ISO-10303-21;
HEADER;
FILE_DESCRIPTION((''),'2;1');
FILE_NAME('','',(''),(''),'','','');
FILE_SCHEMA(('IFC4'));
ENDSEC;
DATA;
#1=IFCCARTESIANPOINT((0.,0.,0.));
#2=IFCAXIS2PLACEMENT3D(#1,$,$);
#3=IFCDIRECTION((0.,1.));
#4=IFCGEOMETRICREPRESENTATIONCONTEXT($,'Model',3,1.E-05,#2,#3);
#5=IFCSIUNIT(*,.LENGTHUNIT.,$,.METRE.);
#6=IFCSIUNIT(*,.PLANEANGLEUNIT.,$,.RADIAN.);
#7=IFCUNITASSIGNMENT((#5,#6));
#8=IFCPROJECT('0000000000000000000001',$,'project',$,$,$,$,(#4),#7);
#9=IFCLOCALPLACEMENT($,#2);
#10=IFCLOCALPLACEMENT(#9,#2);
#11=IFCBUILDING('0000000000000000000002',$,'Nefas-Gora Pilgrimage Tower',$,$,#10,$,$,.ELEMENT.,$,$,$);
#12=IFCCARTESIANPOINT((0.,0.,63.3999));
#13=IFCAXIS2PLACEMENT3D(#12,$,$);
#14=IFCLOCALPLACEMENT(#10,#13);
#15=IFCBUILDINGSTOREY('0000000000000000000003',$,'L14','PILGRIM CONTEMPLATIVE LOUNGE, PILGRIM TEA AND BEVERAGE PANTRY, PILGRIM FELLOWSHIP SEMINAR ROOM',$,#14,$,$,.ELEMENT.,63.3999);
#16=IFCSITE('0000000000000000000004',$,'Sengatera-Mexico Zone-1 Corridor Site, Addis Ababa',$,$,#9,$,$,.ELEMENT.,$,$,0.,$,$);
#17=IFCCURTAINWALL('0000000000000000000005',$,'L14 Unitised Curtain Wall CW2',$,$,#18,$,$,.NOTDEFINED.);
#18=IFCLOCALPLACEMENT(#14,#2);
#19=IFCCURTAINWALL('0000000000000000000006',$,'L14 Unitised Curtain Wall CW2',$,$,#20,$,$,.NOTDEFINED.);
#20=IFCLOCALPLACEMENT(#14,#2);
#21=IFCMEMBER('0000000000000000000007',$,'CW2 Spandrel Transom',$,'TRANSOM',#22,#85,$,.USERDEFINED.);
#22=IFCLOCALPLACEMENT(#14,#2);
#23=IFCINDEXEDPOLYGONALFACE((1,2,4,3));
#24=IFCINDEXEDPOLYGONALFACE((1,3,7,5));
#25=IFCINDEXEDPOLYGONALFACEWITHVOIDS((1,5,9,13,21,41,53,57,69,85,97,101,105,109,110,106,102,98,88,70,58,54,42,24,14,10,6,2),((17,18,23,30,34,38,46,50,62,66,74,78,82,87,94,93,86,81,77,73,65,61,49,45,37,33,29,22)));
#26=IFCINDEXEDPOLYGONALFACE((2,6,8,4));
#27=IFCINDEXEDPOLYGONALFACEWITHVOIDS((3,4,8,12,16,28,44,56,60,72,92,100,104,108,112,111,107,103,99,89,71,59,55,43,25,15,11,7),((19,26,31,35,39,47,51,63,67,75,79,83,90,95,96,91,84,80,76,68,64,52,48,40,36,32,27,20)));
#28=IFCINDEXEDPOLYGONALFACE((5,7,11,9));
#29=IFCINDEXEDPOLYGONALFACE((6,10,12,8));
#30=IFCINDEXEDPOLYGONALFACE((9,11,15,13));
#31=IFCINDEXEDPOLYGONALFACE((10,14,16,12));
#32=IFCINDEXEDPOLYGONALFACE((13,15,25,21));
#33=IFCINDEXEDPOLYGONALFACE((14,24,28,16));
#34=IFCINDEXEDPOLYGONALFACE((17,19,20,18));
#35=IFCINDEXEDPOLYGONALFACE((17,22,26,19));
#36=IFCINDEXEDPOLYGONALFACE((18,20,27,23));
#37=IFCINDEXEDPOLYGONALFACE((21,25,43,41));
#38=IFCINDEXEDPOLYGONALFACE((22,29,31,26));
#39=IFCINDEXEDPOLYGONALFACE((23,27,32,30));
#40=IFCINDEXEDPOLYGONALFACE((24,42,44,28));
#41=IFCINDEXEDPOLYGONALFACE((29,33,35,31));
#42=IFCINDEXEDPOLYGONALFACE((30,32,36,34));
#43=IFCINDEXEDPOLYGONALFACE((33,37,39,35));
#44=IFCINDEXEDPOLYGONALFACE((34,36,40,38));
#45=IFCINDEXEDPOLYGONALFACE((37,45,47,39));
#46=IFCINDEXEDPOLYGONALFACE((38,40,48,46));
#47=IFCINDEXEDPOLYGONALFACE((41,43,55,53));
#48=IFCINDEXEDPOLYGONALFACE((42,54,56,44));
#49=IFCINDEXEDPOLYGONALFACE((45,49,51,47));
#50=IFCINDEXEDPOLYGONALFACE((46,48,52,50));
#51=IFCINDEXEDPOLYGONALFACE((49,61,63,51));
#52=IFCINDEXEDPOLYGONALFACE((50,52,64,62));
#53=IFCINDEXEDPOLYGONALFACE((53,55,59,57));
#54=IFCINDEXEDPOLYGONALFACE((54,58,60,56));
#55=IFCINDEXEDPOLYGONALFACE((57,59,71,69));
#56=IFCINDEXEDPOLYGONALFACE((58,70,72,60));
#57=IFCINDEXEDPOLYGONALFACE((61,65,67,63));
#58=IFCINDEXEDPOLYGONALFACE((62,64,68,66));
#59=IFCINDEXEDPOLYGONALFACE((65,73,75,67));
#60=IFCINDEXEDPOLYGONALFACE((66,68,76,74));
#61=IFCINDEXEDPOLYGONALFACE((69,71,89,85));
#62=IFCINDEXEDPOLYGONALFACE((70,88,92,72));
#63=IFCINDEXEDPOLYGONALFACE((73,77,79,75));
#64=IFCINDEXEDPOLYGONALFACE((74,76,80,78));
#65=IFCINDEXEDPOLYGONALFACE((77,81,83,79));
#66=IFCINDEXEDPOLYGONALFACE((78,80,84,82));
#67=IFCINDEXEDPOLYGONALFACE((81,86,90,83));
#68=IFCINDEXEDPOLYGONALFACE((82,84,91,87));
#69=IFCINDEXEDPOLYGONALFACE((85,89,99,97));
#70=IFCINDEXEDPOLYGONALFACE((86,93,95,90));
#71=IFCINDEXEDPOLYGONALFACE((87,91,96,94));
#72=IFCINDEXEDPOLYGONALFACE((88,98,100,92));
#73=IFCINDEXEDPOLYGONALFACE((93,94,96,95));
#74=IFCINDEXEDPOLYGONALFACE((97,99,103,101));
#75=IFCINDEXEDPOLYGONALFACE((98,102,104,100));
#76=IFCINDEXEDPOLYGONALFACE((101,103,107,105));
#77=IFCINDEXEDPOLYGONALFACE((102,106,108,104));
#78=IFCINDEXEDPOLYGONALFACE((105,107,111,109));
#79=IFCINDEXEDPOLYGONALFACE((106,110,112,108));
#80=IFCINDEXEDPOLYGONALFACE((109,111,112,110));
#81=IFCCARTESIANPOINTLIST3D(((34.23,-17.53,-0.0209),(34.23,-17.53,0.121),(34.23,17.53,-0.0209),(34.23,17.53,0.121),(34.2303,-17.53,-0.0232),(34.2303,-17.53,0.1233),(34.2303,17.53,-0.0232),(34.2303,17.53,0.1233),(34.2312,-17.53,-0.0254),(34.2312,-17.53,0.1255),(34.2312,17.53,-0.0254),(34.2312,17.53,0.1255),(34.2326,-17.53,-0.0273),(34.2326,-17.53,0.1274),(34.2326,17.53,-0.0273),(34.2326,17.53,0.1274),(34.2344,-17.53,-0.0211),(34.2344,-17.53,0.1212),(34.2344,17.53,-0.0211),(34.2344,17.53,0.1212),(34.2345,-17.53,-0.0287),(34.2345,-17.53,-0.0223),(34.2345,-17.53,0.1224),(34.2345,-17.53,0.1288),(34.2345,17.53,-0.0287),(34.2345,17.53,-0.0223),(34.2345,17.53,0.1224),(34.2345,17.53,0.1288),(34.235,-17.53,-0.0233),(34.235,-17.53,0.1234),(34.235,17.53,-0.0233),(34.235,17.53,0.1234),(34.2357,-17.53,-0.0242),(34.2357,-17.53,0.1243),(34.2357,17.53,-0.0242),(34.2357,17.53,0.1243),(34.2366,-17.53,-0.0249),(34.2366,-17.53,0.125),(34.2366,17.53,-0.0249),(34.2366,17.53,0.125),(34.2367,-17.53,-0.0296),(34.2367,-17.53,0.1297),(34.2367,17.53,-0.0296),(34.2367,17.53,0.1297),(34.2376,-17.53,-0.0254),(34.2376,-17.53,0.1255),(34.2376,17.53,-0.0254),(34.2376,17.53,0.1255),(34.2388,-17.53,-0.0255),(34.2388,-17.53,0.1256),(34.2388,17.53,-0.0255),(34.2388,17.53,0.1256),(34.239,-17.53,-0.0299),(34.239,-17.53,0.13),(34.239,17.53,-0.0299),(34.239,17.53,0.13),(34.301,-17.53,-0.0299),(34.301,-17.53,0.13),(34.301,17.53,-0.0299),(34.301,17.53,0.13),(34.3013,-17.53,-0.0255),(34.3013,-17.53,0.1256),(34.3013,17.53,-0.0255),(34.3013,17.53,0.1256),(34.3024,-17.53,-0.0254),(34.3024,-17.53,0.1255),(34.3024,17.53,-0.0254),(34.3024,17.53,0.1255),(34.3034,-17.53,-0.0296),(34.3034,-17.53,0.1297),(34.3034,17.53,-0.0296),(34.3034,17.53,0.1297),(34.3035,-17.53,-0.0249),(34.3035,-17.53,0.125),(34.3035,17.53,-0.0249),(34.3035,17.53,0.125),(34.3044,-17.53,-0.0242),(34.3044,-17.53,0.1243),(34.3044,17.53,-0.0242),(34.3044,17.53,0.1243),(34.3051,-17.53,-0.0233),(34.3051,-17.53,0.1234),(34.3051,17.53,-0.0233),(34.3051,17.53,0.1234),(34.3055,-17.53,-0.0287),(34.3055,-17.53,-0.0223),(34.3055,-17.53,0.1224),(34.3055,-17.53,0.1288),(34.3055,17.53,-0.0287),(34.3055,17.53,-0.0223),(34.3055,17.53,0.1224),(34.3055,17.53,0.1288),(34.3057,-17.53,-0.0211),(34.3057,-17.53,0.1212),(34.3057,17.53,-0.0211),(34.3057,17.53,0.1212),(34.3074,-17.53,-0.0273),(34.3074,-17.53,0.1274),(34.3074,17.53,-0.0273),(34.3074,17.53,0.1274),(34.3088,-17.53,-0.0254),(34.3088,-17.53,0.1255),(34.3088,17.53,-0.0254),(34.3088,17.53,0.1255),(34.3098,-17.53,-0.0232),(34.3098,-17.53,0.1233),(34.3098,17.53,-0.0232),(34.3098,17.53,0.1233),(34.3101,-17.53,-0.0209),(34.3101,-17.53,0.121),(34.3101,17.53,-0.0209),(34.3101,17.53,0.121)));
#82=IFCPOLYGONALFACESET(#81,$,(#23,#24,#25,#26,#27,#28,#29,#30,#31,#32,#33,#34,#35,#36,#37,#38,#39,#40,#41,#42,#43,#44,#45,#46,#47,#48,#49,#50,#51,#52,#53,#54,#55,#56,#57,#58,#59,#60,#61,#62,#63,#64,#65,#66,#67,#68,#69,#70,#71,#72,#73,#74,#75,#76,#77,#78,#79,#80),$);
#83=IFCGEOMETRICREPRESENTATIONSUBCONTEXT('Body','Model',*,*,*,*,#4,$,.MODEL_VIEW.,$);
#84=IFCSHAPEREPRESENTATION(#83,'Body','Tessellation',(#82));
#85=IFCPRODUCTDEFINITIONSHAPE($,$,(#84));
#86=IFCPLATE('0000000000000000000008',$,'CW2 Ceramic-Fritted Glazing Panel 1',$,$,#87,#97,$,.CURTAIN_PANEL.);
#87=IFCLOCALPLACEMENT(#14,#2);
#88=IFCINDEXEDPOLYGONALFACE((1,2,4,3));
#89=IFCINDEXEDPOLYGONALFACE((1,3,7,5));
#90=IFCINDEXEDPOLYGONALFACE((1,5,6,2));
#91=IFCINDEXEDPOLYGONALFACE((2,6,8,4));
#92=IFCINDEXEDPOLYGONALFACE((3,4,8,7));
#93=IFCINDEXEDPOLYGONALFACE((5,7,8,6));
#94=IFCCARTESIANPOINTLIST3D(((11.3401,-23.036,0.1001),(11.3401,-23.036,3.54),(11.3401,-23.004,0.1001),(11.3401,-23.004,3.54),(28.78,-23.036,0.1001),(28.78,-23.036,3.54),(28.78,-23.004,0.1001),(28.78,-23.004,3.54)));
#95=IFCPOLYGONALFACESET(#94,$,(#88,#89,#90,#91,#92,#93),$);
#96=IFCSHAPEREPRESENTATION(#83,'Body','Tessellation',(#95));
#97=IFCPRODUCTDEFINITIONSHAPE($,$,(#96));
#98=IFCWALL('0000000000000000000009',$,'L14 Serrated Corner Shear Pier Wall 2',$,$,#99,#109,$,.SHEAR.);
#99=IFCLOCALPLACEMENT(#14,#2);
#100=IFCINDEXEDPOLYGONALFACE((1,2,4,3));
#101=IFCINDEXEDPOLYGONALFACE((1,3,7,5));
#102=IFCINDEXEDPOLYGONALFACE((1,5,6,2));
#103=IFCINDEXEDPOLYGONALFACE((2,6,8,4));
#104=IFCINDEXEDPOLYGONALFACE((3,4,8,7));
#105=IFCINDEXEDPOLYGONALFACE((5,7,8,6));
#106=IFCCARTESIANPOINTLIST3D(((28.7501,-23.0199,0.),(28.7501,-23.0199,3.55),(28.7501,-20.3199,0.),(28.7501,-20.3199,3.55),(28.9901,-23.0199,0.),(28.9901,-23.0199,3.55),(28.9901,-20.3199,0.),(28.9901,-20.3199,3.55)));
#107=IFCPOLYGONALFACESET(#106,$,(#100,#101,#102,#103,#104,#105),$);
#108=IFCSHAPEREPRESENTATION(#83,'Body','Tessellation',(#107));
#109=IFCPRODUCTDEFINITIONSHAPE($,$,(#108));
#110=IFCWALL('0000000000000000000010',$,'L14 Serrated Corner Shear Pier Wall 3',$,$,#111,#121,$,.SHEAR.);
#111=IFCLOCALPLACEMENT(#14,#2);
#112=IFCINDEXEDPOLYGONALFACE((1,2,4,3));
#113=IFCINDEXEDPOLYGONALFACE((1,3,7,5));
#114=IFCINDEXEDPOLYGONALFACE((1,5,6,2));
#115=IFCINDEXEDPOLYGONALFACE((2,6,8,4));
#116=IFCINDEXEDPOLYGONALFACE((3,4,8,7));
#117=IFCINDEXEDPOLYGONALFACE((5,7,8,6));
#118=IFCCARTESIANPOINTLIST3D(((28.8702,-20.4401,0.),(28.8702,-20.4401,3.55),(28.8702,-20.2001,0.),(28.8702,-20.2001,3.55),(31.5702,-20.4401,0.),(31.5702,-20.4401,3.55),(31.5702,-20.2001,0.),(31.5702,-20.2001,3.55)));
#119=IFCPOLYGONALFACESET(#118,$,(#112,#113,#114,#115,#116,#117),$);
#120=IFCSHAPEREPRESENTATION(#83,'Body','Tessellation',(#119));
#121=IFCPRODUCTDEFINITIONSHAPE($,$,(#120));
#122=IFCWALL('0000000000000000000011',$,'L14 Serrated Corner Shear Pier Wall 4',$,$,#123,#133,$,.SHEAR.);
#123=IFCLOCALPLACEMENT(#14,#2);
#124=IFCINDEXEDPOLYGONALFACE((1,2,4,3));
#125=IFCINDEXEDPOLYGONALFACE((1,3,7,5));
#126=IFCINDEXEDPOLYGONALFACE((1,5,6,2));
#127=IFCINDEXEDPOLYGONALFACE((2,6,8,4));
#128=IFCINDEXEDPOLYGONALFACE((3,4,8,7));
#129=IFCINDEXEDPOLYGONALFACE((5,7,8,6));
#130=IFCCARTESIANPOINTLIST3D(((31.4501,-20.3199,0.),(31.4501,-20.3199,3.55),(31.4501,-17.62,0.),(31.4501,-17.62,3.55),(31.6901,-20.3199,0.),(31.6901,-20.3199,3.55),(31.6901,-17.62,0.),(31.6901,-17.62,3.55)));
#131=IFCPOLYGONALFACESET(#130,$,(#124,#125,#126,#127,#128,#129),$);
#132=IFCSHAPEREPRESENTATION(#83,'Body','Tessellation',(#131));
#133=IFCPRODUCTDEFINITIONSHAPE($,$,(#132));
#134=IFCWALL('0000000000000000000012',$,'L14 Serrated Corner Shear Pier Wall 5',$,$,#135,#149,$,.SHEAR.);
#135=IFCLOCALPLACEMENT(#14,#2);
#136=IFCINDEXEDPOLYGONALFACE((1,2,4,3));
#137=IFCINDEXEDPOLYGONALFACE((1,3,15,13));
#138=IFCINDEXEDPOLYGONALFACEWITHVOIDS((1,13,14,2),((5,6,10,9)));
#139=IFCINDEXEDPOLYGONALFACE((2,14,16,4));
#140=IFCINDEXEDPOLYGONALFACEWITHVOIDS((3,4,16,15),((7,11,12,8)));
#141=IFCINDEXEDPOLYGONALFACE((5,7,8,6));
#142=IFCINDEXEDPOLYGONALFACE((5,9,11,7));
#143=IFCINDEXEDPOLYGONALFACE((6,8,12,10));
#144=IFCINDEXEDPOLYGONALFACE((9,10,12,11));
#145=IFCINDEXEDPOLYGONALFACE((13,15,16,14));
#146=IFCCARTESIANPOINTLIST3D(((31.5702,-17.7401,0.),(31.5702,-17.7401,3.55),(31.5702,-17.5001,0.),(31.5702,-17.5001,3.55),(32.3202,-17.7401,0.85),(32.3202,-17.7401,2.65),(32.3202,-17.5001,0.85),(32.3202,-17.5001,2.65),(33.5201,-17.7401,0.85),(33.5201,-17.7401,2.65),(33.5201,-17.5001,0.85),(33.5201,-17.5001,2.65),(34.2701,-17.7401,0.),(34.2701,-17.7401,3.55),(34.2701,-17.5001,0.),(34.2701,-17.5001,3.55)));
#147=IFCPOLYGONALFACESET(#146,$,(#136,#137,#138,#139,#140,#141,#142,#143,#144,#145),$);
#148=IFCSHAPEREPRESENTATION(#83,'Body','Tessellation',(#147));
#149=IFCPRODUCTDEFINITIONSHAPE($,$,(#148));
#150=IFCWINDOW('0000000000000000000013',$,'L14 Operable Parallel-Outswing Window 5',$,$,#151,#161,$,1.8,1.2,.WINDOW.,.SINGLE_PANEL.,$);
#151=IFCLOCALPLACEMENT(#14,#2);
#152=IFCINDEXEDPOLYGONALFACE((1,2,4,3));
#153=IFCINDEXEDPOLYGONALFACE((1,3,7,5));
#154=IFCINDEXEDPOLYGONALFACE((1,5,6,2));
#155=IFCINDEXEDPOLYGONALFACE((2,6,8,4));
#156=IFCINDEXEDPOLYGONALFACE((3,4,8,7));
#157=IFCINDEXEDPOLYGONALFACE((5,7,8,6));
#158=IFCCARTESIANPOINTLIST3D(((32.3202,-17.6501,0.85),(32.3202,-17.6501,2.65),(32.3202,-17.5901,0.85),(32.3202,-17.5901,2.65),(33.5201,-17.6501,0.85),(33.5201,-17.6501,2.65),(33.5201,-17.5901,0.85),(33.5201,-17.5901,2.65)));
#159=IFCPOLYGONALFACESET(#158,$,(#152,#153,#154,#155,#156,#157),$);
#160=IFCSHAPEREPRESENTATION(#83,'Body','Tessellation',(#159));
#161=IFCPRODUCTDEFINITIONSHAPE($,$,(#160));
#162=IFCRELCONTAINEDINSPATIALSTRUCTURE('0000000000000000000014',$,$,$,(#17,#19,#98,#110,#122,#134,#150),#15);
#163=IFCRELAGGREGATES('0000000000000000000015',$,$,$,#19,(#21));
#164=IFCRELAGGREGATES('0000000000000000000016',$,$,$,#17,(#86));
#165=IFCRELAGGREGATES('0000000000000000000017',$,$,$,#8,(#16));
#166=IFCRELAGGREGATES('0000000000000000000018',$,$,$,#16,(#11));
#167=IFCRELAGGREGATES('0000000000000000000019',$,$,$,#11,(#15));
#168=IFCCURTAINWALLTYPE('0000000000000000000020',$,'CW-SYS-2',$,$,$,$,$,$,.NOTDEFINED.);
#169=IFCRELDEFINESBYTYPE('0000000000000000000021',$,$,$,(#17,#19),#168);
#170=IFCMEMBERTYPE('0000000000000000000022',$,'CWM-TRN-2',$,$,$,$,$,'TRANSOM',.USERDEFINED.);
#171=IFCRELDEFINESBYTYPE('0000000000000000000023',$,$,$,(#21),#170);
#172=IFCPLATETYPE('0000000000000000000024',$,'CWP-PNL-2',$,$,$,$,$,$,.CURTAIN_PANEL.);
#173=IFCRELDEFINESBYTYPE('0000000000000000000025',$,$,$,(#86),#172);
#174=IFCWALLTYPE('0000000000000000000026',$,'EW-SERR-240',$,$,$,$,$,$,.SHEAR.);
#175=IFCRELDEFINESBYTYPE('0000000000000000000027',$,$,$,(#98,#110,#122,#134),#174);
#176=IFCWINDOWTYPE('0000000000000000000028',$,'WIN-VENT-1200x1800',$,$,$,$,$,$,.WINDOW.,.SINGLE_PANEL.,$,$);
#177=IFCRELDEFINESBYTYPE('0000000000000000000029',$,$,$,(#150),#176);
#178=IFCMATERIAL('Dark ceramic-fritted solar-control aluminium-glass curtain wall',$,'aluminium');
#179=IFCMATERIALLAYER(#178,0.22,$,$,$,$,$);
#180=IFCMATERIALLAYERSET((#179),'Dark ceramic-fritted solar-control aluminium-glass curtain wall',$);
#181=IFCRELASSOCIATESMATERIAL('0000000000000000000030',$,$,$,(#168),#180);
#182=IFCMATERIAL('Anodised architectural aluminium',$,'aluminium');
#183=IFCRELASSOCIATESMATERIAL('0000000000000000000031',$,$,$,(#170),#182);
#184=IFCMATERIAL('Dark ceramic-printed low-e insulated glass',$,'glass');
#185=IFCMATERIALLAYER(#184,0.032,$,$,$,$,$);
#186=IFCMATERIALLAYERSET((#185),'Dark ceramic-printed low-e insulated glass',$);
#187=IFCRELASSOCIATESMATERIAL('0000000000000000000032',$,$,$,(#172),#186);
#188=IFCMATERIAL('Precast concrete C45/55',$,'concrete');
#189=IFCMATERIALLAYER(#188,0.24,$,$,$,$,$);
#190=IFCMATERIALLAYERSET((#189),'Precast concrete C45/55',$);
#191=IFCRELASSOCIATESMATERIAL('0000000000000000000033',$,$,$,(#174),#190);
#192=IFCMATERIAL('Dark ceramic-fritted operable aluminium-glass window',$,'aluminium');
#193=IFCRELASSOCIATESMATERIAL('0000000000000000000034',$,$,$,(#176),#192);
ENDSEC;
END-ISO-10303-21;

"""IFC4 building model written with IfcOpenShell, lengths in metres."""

from ifc_helpers import new_model, si_unit, direction, frame, frame_2d, origin, origin_2d, place, context, subcontext, project, spatial, rectangle, hollow_rectangle, extrude, source, transform, mapped, material, layer, layer_set, material_profile, profile_set, type_object, element, fill, aggregate, save


model = new_model("IFC4")

# Units and contexts
model_context = context("Model", 3, precision=1e-05, world=origin(), true_north=direction((0.0, 1.0)))
body_context = subcontext(model_context, "Body", "Model", "MODEL_VIEW")
ifc_project = project(units=[si_unit("LENGTHUNIT", "METRE"), si_unit("PLANEANGLEUNIT", "RADIAN")], contexts=[model_context])

# Site, building, storey
site_placement = place(None, origin())
site = spatial("IfcSite", under=ifc_project, at=site_placement, Name="Sengatera-Mexico Zone-1 Corridor Site, Addis Ababa", CompositionType="ELEMENT", RefElevation=0.0)
building_placement = place(site_placement, origin())
building = spatial("IfcBuilding", under=site, at=building_placement, Name="Nefas-Gora Pilgrimage Tower", CompositionType="ELEMENT")
storey_placement = place(building_placement, frame((0.0, 0.0, 63.3999)))
storey = spatial("IfcBuildingStorey", under=building, at=storey_placement, Name="L14", Description="PILGRIM CONTEMPLATIVE LOUNGE, PILGRIM TEA AND BEVERAGE PANTRY, PILGRIM FELLOWSHIP SEMINAR ROOM", CompositionType="ELEMENT", Elevation=63.3999)

# Curtain wall
ifc_material_1 = material(Name="Dark ceramic-fritted solar-control aluminium-glass curtain wall", Category="aluminium")
ifc_layer_1 = layer(ifc_material_1, 0.22)
ifc_layer_set_1 = layer_set([ifc_layer_1], Name="Dark ceramic-fritted solar-control aluminium-glass curtain wall")
curtain_wall_type = type_object("IfcCurtainWallType", Name="CW-SYS-2", PredefinedType="NOTDEFINED", material=ifc_layer_set_1)
curtain_wall_1_placement = place(storey_placement, origin())
curtain_wall_1 = element("IfcCurtainWall", 1, at=curtain_wall_1_placement, inside=storey, type_object=curtain_wall_type, Name="L14 Unitised Curtain Wall CW2", PredefinedType="NOTDEFINED")
ifc_material_2 = material(Name="Anodised architectural aluminium", Category="aluminium")

# Curtain wall, member
curtain_wall_2_placement = place(storey_placement, origin())
curtain_wall_2 = element("IfcCurtainWall", 2, at=curtain_wall_2_placement, inside=storey, type_object=curtain_wall_type, Name="L14 Unitised Curtain Wall CW2", PredefinedType="NOTDEFINED")
ifc_material_profile_1 = material_profile(ifc_material_2, hollow_rectangle(XDim=0.0801, YDim=0.1599, WallThickness=0.0044, InnerFilletRadius=0.0044, OuterFilletRadius=0.009, at=origin_2d()), Name="ALU TRANSOM 80x160")
ifc_profile_set_1 = profile_set([ifc_material_profile_1], Name="Anodised architectural aluminium")
member_type_1 = type_object("IfcMemberType", Name="CWM-TRN-2", ElementType="TRANSOM", PredefinedType="USERDEFINED", material=ifc_profile_set_1)
shared_shape_1 = source(origin(), body_context, "Body", "SweptSolid", [
    extrude(hollow_rectangle(XDim=0.0801, YDim=0.1599, WallThickness=0.0044, InnerFilletRadius=0.0044, OuterFilletRadius=0.009, at=origin_2d()), origin(), (0.0, 0.0, 1.0), 35.0601),
])
member_1_placement = place(storey_placement, frame((34.27, -17.53, 0.05), z_axis=(0.0, 1.0, 0.0), x_axis=(-1.0, 0.0, 0.0)))
member_1 = element("IfcMember", 3, at=member_1_placement, type_object=member_type_1, Name="CW2 Spandrel Transom", ObjectType="TRANSOM", PredefinedType="USERDEFINED", context=body_context, shape_type="MappedRepresentation", body=[
    mapped(shared_shape_1, transform((0.0, 0.0, 0.0), x_axis=(1.0, 0.0, 0.0), y_axis=(0.0, 1.0, 0.0), z_axis=(0.0, 0.0, 1.0), scale=1.0)),
])
aggregate(curtain_wall_2, [member_1])

# Plate
ifc_material_3 = material(Name="Dark ceramic-printed low-e insulated glass", Category="glass")
ifc_layer_2 = layer(ifc_material_3, 0.032)
ifc_layer_set_2 = layer_set([ifc_layer_2], Name="Dark ceramic-printed low-e insulated glass")
plate_type = type_object("IfcPlateType", Name="CWP-PNL-2", PredefinedType="CURTAIN_PANEL", material=ifc_layer_set_2)
shared_shape_2 = source(origin(), body_context, "Body", "SweptSolid", [
    extrude(rectangle(XDim=17.4399, YDim=0.032, at=origin_2d()), origin(), (0.0, 0.0, 1.0), 3.4399),
])
plate_placement = place(storey_placement, frame((20.0601, -23.02, 0.1001), z_axis=(0.0, 0.0, 1.0), x_axis=(1.0, 0.0, 0.0)))
plate = element("IfcPlate", 4, at=plate_placement, type_object=plate_type, Name="CW2 Ceramic-Fritted Glazing Panel 1", PredefinedType="CURTAIN_PANEL", context=body_context, shape_type="MappedRepresentation", body=[
    mapped(shared_shape_2, transform((0.0, 0.0, 0.0), x_axis=(1.0, 0.0, 0.0), y_axis=(0.0, 1.0, 0.0), z_axis=(0.0, 0.0, 1.0), scale=1.0)),
])
aggregate(curtain_wall_1, [plate])

# Walls
ifc_material_4 = material(Name="Precast concrete C45/55", Category="concrete")
ifc_layer_3 = layer(ifc_material_4, 0.24)
ifc_layer_set_3 = layer_set([ifc_layer_3], Name="Precast concrete C45/55")
wall_type_1 = type_object("IfcWallType", Name="EW-SERR-240", PredefinedType="SHEAR", material=ifc_layer_set_3)
shared_shape_3 = source(origin(), body_context, "Body", "SweptSolid", [
    extrude(rectangle(XDim=2.7, YDim=0.24, at=frame_2d((1.3501, 0.0))), origin(), (0.0, 0.0, 1.0), 3.55),
])
for number, where, z_axis, x_axis, name in (
    (5, (28.8701, -23.02, 0.0), (0.0, 0.0, 1.0), (0.0, 1.0, 0.0), "L14 Serrated Corner Shear Pier Wall 2"),
    (6, (28.8701, -20.3201, 0.0), (0.0, 0.0, 1.0), (1.0, 0.0, 0.0), "L14 Serrated Corner Shear Pier Wall 3"),
    (7, (31.5701, -20.3201, 0.0), (0.0, 0.0, 1.0), (0.0, 1.0, 0.0), "L14 Serrated Corner Shear Pier Wall 4"),
):
    element("IfcWall", number, at=place(storey_placement, frame(where, z_axis=z_axis, x_axis=x_axis)), inside=storey, type_object=wall_type_1, Name=name, PredefinedType="SHEAR", context=body_context, shape_type="MappedRepresentation", body=[
        mapped(shared_shape_3, transform((0.0, 0.0, 0.0), x_axis=(1.0, 0.0, 0.0), y_axis=(0.0, 1.0, 0.0), z_axis=(0.0, 0.0, 1.0), scale=1.0)),
    ])

# Wall, opening, window
wall_1_placement = place(storey_placement, frame((31.5701, -17.6201, 0.0), z_axis=(0.0, 0.0, 1.0), x_axis=(1.0, 0.0, 0.0)))
wall_1 = element("IfcWall", 8, at=wall_1_placement, inside=storey, type_object=wall_type_1, Name="L14 Serrated Corner Shear Pier Wall 5", PredefinedType="SHEAR", context=body_context, shape_type="MappedRepresentation", body=[
    mapped(shared_shape_3, transform((0.0, 0.0, 0.0), x_axis=(1.0, 0.0, 0.0), y_axis=(0.0, 1.0, 0.0), z_axis=(0.0, 0.0, 1.0), scale=1.0)),
])
opening_1_placement = place(wall_1_placement, frame((0.75, 0.0, 0.8501)))
opening_1 = element("IfcOpeningElement", 9, at=opening_1_placement, cuts=wall_1, PredefinedType="OPENING", context=body_context, shape_type="SweptSolid", body=[
    extrude(rectangle(XDim=1.2, YDim=1.8, at=frame_2d((0.6001, 0.8999))), frame((0.0, 0.1299, 0.0), z_axis=(0.0, -1.0, 0.0), x_axis=(1.0, 0.0, 0.0)), (0.0, 0.0, 1.0), 0.26),
])
ifc_material_5 = material(Name="Dark ceramic-fritted operable aluminium-glass window", Category="aluminium")
window_type = type_object("IfcWindowType", Name="WIN-VENT-1200x1800", PartitioningType="SINGLE_PANEL", PredefinedType="WINDOW", material=ifc_material_5)
shared_shape_4 = source(origin(), body_context, "Body", "SweptSolid", [
    extrude(rectangle(XDim=1.2, YDim=1.8, at=frame_2d((0.6001, 0.8999))), frame((0.0, 0.03, 0.0), z_axis=(0.0, -1.0, 0.0), x_axis=(1.0, 0.0, 0.0)), (0.0, 0.0, 1.0), 0.0601),
])
window_placement = place(opening_1_placement, origin())
window = element("IfcWindow", 10, at=window_placement, inside=storey, type_object=window_type, Name="L14 Operable Parallel-Outswing Window 5", OverallHeight=1.8, OverallWidth=1.2, PartitioningType="SINGLE_PANEL", PredefinedType="WINDOW", context=body_context, shape_type="MappedRepresentation", body=[
    mapped(shared_shape_4, transform((0.0, 0.0, 0.0), x_axis=(1.0, 0.0, 0.0), y_axis=(0.0, 1.0, 0.0), z_axis=(0.0, 0.0, 1.0), scale=1.0)),
])
fill(opening_1, window)

save(model, "model.ifc")
